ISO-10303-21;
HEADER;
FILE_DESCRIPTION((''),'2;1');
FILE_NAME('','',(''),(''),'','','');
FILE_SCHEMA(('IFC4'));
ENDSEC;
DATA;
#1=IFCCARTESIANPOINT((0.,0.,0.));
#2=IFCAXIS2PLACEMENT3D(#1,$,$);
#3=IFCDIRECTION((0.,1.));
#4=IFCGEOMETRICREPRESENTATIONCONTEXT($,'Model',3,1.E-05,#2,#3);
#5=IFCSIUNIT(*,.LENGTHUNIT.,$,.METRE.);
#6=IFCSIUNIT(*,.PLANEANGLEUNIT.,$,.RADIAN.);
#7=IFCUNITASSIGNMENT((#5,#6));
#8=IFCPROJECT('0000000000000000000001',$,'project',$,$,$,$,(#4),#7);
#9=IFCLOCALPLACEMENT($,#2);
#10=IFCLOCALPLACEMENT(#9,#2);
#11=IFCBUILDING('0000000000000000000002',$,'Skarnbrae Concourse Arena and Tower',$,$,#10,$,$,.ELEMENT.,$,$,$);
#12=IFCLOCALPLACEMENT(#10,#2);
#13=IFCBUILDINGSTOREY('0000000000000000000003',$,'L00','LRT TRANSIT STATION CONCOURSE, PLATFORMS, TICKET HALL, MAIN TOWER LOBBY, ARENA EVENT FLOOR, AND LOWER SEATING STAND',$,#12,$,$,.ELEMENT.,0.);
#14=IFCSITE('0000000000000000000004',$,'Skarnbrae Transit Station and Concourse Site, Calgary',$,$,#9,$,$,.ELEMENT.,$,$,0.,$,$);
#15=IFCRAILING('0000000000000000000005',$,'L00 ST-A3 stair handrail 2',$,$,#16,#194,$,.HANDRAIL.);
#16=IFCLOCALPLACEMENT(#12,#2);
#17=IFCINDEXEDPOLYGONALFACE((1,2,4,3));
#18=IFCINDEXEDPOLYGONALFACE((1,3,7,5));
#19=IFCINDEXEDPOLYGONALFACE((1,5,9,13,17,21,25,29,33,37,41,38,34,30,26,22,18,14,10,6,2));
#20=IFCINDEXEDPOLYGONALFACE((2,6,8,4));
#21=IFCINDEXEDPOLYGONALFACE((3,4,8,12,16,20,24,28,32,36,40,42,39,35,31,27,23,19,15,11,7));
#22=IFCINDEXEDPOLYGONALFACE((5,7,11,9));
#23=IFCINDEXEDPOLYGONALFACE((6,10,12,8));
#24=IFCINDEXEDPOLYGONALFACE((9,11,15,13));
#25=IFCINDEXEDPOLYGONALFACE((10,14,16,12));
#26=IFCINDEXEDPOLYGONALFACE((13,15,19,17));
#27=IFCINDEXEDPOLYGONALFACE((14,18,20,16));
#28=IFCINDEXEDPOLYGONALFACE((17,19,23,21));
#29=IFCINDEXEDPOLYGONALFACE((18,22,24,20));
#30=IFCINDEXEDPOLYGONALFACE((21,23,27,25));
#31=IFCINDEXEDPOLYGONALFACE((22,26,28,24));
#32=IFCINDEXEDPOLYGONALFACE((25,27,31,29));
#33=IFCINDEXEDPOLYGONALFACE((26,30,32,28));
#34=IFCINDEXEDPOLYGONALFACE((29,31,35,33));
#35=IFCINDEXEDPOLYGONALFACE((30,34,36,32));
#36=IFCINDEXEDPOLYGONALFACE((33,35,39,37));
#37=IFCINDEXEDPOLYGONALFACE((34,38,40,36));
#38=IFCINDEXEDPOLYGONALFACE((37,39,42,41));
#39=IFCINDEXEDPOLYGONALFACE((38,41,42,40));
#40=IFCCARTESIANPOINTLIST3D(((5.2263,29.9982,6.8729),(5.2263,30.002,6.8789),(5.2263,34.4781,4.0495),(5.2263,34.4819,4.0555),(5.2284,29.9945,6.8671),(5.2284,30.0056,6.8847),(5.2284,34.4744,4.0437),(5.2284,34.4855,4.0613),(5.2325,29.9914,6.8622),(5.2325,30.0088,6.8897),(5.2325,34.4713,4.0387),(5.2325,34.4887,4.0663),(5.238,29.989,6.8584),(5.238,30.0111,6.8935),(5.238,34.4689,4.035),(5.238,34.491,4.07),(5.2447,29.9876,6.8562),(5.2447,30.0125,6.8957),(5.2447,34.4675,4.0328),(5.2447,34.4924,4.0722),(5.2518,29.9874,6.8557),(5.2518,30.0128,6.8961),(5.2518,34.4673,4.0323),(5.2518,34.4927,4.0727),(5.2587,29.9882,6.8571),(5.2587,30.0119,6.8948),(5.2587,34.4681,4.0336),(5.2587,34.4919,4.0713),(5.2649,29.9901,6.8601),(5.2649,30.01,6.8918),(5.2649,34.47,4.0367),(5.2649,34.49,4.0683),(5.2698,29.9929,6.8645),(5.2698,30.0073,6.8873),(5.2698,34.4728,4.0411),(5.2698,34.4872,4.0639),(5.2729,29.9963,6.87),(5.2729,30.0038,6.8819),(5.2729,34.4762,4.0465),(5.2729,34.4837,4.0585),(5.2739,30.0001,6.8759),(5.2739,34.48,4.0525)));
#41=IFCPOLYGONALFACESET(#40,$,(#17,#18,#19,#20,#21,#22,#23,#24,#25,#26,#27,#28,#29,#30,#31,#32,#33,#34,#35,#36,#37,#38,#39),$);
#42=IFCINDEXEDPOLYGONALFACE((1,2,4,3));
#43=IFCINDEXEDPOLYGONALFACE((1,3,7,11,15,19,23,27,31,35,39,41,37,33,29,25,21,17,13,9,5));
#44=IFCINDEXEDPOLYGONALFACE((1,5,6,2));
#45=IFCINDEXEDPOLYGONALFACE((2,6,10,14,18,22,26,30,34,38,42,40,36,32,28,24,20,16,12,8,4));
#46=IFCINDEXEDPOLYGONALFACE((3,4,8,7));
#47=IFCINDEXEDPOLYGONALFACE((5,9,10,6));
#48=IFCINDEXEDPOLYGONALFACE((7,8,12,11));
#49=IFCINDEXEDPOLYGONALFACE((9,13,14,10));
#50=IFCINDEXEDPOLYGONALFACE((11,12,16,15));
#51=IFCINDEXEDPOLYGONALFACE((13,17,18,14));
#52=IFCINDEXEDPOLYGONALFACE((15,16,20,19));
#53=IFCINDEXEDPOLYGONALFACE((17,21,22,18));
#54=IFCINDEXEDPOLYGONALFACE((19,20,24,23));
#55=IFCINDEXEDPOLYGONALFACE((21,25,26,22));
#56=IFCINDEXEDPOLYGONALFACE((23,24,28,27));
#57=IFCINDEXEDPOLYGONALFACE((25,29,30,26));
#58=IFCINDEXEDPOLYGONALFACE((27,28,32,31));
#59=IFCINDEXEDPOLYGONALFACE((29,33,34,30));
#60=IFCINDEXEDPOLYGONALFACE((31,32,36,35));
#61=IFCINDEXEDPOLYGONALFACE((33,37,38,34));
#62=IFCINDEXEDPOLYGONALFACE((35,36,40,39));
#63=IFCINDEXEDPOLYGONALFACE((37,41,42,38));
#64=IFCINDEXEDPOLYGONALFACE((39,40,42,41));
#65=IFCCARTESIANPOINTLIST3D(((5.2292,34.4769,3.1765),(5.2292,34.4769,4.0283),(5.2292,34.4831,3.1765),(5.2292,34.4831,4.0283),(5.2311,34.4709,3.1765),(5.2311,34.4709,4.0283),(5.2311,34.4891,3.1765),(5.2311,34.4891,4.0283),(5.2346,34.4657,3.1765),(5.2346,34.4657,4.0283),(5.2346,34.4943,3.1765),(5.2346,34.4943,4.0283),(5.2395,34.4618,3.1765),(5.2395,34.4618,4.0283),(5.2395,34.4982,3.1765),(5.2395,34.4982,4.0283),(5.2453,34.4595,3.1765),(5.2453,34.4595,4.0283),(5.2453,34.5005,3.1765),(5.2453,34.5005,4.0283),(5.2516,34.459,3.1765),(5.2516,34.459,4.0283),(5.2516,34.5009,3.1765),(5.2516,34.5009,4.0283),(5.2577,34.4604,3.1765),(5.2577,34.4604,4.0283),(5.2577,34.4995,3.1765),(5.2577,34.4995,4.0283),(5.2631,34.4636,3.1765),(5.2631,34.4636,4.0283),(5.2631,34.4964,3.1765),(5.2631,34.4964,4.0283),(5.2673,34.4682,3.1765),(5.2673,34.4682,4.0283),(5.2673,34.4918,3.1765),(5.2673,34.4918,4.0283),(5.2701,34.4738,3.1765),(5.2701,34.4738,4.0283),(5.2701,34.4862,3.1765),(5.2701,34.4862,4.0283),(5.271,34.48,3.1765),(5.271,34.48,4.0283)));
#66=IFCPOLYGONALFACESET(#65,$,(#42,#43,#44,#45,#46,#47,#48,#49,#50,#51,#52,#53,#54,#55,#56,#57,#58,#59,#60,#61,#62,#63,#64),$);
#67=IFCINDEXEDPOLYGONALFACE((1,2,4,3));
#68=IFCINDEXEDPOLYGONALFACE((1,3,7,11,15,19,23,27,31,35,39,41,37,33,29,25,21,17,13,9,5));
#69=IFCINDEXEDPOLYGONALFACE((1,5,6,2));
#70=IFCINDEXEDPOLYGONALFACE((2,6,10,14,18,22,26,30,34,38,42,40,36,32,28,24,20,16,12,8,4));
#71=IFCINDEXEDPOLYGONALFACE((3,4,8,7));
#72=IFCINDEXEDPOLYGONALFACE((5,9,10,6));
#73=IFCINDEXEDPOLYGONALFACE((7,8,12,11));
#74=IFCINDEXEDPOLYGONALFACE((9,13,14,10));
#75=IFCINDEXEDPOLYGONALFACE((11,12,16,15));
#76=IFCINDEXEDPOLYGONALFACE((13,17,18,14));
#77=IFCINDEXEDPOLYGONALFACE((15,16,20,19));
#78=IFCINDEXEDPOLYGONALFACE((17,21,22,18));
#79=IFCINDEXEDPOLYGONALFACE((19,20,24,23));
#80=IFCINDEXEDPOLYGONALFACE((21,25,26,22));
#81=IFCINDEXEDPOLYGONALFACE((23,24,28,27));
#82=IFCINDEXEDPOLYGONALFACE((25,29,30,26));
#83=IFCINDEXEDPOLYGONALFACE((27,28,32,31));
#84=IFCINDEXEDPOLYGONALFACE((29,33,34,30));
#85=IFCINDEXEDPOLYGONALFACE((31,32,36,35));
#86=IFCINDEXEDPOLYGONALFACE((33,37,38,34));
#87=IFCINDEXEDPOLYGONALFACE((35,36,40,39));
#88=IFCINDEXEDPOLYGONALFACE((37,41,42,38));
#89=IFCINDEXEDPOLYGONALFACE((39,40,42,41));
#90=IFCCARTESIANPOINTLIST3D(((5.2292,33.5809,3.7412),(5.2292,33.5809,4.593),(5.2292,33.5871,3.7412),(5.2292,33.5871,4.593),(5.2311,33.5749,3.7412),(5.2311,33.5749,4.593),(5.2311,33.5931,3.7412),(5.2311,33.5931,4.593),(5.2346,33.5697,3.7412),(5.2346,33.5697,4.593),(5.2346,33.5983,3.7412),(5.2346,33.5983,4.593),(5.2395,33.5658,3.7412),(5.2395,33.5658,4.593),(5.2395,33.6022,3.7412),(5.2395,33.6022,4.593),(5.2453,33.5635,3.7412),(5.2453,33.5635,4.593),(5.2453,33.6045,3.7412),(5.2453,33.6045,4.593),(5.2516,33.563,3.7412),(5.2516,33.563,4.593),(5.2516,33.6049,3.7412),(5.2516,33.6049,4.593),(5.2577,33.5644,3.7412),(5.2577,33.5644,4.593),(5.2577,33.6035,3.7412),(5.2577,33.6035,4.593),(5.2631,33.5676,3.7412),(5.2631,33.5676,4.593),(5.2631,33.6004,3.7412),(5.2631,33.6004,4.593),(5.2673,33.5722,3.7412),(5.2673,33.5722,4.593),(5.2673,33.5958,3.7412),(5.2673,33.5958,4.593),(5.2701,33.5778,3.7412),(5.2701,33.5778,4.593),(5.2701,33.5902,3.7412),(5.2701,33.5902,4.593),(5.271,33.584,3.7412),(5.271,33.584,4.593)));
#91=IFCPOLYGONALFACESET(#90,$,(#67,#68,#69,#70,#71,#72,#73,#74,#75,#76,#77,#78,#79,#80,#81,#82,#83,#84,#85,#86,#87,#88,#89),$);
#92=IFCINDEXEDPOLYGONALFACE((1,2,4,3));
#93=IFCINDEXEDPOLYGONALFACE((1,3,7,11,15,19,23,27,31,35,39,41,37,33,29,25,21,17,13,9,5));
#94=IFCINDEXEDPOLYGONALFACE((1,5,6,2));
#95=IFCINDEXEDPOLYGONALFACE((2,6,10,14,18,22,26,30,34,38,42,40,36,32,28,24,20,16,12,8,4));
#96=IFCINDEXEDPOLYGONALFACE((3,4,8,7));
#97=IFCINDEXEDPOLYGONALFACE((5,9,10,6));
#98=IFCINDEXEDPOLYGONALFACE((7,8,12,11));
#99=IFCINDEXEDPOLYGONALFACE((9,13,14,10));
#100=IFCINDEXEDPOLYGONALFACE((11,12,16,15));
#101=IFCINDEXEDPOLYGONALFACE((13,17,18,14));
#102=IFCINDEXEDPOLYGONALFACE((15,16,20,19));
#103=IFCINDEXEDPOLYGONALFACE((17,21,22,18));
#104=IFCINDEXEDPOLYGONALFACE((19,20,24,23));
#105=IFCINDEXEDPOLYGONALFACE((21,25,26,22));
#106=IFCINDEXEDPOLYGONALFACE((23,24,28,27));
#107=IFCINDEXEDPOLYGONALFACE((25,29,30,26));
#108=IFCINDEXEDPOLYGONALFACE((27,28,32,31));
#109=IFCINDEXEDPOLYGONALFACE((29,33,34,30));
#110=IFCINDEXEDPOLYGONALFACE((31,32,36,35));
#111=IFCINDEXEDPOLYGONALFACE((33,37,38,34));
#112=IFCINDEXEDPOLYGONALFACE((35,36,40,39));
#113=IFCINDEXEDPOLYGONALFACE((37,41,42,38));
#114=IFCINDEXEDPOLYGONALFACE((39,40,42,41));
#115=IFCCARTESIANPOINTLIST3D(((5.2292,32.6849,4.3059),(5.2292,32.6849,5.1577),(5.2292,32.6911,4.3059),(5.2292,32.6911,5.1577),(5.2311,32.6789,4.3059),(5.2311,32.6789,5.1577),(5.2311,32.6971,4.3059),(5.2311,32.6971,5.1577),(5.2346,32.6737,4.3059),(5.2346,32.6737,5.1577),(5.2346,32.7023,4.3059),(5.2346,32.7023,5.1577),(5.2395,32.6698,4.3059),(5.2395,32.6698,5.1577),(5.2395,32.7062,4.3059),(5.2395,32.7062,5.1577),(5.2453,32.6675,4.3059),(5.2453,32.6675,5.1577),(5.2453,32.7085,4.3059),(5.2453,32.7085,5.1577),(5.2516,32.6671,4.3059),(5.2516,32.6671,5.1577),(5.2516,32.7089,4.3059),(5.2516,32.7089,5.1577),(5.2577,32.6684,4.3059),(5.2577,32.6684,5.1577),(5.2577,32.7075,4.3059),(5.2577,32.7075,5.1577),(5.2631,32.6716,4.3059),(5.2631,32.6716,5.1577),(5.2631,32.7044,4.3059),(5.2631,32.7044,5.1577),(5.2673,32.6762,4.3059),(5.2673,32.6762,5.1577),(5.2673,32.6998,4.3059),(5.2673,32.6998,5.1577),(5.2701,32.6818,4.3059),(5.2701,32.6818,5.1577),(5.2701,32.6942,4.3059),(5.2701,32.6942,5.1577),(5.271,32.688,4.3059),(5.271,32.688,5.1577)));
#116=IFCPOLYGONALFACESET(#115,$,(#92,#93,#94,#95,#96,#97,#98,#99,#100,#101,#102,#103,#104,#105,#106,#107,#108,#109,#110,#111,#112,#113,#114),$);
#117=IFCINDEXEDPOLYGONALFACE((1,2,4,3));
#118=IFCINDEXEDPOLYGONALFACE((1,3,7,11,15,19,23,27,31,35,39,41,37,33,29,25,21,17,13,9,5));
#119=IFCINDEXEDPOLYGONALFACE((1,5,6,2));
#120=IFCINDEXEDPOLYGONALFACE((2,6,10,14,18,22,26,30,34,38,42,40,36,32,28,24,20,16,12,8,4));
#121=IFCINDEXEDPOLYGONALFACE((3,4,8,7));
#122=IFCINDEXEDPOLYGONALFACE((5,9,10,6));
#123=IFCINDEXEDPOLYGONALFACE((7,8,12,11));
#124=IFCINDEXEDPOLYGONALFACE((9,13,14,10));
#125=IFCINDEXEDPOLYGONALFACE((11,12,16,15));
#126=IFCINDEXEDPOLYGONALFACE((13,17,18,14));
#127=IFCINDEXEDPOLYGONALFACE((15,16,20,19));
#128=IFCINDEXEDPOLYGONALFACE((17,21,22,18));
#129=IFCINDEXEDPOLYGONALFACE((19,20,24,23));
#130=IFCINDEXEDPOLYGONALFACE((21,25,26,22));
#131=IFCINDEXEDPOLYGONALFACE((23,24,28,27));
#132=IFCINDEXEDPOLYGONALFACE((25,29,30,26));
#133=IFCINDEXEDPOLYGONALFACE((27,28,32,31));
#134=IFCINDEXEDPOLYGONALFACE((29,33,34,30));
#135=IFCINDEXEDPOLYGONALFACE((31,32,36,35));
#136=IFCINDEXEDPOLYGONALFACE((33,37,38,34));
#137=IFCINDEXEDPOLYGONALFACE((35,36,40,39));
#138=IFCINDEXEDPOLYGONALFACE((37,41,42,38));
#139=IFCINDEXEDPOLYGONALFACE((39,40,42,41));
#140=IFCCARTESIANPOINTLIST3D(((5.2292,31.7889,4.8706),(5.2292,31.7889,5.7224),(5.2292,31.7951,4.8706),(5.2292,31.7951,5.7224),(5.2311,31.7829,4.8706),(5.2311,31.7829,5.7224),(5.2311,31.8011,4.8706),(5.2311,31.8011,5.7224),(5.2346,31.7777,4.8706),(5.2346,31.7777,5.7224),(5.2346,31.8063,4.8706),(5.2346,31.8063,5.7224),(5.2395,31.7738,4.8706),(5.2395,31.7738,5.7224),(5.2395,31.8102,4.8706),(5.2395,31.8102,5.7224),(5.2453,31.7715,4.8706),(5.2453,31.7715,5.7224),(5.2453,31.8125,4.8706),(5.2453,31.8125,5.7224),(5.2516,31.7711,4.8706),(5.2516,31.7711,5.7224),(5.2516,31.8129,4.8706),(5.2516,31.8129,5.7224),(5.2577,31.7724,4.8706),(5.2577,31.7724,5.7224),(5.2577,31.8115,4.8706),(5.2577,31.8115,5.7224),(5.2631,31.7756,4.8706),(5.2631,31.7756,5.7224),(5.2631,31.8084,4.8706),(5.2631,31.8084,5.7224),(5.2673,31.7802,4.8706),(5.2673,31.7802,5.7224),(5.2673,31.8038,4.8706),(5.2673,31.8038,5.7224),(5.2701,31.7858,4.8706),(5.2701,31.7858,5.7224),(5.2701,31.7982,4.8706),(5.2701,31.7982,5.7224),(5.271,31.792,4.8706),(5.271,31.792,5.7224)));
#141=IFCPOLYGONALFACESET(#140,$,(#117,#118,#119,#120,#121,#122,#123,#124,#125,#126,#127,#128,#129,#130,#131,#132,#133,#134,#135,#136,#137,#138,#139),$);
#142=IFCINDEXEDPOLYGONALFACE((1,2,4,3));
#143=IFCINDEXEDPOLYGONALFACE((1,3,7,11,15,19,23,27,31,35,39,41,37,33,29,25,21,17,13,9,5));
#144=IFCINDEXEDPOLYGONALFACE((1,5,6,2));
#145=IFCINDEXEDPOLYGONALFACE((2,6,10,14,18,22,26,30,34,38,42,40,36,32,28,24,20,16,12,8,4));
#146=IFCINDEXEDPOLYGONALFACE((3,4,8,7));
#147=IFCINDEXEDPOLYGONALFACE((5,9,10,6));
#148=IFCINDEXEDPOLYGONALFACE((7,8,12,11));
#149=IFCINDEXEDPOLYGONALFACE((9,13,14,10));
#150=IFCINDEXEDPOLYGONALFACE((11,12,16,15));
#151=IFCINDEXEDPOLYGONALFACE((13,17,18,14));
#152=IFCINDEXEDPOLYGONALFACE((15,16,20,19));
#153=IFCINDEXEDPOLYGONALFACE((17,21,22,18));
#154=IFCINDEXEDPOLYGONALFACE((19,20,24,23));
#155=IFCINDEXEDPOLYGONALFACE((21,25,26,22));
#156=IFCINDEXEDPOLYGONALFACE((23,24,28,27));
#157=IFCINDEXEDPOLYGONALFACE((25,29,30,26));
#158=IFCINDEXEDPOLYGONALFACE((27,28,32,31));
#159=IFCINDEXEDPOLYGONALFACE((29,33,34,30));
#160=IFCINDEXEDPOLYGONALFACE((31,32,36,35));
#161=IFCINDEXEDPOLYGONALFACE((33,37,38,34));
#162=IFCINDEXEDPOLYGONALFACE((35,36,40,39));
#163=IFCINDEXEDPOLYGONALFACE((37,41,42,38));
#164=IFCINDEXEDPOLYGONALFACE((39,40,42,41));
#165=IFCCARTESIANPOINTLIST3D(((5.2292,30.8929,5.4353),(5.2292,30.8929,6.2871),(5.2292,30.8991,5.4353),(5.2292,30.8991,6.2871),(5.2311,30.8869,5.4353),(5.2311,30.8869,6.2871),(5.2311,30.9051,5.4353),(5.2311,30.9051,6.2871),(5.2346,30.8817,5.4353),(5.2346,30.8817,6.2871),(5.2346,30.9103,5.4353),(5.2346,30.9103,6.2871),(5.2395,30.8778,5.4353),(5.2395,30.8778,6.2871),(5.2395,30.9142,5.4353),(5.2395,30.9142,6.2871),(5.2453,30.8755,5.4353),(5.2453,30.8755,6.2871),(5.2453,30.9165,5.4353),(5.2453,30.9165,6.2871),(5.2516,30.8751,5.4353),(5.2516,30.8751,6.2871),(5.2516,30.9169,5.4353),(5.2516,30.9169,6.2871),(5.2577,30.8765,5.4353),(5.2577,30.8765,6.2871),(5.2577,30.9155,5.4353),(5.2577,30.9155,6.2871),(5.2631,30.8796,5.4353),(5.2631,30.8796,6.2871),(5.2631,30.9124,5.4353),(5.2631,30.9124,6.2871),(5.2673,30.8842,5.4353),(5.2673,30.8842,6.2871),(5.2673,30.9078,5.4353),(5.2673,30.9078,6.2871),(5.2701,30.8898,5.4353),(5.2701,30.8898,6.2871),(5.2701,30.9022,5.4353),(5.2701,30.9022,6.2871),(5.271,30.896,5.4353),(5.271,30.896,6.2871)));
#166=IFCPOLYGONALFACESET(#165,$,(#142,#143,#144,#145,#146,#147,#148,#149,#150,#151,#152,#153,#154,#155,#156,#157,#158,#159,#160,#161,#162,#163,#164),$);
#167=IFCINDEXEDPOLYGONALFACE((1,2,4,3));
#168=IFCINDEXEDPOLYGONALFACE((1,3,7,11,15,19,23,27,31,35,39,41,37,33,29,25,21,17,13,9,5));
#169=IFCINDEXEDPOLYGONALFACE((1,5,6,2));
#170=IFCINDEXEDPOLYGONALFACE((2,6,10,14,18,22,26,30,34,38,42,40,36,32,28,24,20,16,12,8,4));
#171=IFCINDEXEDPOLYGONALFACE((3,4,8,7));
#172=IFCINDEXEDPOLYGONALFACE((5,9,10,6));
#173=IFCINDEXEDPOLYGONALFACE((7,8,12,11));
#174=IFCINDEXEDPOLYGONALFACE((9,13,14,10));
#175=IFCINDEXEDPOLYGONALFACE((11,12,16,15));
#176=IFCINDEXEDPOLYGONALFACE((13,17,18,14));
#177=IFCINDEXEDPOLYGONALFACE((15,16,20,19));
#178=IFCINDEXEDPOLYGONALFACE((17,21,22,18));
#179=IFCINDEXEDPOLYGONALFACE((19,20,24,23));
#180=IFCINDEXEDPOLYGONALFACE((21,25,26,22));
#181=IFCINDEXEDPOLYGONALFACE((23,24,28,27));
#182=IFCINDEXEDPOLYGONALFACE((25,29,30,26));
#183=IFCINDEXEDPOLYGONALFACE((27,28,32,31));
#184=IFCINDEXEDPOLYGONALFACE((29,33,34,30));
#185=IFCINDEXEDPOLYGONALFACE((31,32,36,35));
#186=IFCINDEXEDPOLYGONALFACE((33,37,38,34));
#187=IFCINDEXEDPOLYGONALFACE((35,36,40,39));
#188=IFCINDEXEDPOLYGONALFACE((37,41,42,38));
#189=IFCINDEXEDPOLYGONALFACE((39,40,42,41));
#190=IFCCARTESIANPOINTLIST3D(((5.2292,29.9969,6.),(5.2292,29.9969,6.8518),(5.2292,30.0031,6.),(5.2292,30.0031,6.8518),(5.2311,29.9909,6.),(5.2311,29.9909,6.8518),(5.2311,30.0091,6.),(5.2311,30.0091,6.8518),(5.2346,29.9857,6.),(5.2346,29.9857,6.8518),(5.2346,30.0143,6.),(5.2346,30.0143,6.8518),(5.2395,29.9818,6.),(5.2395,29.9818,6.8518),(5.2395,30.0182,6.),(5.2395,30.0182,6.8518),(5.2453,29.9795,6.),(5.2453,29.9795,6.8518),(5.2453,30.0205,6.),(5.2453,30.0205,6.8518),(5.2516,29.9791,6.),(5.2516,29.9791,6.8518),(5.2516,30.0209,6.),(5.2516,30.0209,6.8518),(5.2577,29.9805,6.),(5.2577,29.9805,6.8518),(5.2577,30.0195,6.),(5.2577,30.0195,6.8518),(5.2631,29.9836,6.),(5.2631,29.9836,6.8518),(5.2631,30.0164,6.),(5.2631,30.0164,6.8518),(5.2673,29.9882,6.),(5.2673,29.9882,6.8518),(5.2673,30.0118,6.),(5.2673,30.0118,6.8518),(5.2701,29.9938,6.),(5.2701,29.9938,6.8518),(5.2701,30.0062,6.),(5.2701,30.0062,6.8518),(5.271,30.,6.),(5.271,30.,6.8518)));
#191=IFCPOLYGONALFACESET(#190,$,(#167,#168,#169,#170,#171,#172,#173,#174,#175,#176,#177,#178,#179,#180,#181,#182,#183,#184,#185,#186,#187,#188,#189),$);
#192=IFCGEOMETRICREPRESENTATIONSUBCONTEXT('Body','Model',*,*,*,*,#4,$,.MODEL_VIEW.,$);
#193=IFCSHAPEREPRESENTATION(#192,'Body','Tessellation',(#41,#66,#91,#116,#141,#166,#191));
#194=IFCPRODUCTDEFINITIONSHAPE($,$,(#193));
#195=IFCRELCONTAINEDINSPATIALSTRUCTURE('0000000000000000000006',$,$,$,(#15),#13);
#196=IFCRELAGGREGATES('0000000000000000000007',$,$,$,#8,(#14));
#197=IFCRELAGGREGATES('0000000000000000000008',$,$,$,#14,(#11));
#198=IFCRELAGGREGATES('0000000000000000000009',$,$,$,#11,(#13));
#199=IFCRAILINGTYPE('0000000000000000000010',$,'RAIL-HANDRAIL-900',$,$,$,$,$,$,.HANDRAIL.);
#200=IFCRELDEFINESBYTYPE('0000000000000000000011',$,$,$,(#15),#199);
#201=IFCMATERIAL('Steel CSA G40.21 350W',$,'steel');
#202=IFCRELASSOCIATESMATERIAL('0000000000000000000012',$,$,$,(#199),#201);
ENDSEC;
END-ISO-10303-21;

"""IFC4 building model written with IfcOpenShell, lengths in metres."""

from ifc_helpers import new_model, si_unit, direction, frame, origin, origin_2d, place, context, subcontext, project, spatial, circle, extrude, material, type_object, element, save


model = new_model("IFC4")

# Units and contexts
model_context = context("Model", 3, precision=1e-05, world=origin(), true_north=direction((0.0, 1.0)))
body_context = subcontext(model_context, "Body", "Model", "MODEL_VIEW")
ifc_project = project(units=[si_unit("LENGTHUNIT", "METRE"), si_unit("PLANEANGLEUNIT", "RADIAN")], contexts=[model_context])

# Site, building, storey
site_placement = place(None, origin())
site = spatial("IfcSite", under=ifc_project, at=site_placement, Name="Skarnbrae Transit Station and Concourse Site, Calgary", CompositionType="ELEMENT", RefElevation=0.0)
building_placement = place(site_placement, origin())
building = spatial("IfcBuilding", under=site, at=building_placement, Name="Skarnbrae Concourse Arena and Tower", CompositionType="ELEMENT")
storey_placement = place(building_placement, origin())
storey = spatial("IfcBuildingStorey", under=building, at=storey_placement, Name="L00", Description="LRT TRANSIT STATION CONCOURSE, PLATFORMS, TICKET HALL, MAIN TOWER LOBBY, ARENA EVENT FLOOR, AND LOWER SEATING STAND", CompositionType="ELEMENT", Elevation=0.0)

# Shared definitions
ifc_material_1 = material(Name="Steel CSA G40.21 350W", Category="steel")

# Railing
railing_type_1 = type_object("IfcRailingType", Name="RAIL-HANDRAIL-900", PredefinedType="HANDRAIL", material=ifc_material_1)
railing_1_placement = place(storey_placement, frame((5.25, 34.48, 3.1765)))
element("IfcRailing", 1, at=railing_1_placement, inside=storey, type_object=railing_type_1, Name="L00 ST-A3 stair handrail 2", PredefinedType="HANDRAIL", context=body_context, shape_type="SweptSolid", body=[
    extrude(circle(Radius=0.0239, at=origin_2d()), frame((0.0, 0.0, 0.876), z_axis=(0.0, -0.845998, 0.533186), x_axis=(1.0, 0.0, 0.0)), (0.0, 0.0, 1.0), 5.2954),
    extrude(circle(Radius=0.021, at=origin_2d()), origin(), (0.0, 0.0, 1.0), 0.8518),
    extrude(circle(Radius=0.021, at=origin_2d()), frame((0.0, -0.896, 0.5647)), (0.0, 0.0, 1.0), 0.8518),
    extrude(circle(Radius=0.021, at=origin_2d()), frame((0.0, -1.792, 1.1294)), (0.0, 0.0, 1.0), 0.8518),
    extrude(circle(Radius=0.021, at=origin_2d()), frame((0.0, -2.688, 1.6941)), (0.0, 0.0, 1.0), 0.8518),
    extrude(circle(Radius=0.021, at=origin_2d()), frame((0.0, -3.584, 2.2588)), (0.0, 0.0, 1.0), 0.8518),
    extrude(circle(Radius=0.021, at=origin_2d()), frame((0.0, -4.48, 2.8235)), (0.0, 0.0, 1.0), 0.8518),
])

save(model, "model.ifc")
